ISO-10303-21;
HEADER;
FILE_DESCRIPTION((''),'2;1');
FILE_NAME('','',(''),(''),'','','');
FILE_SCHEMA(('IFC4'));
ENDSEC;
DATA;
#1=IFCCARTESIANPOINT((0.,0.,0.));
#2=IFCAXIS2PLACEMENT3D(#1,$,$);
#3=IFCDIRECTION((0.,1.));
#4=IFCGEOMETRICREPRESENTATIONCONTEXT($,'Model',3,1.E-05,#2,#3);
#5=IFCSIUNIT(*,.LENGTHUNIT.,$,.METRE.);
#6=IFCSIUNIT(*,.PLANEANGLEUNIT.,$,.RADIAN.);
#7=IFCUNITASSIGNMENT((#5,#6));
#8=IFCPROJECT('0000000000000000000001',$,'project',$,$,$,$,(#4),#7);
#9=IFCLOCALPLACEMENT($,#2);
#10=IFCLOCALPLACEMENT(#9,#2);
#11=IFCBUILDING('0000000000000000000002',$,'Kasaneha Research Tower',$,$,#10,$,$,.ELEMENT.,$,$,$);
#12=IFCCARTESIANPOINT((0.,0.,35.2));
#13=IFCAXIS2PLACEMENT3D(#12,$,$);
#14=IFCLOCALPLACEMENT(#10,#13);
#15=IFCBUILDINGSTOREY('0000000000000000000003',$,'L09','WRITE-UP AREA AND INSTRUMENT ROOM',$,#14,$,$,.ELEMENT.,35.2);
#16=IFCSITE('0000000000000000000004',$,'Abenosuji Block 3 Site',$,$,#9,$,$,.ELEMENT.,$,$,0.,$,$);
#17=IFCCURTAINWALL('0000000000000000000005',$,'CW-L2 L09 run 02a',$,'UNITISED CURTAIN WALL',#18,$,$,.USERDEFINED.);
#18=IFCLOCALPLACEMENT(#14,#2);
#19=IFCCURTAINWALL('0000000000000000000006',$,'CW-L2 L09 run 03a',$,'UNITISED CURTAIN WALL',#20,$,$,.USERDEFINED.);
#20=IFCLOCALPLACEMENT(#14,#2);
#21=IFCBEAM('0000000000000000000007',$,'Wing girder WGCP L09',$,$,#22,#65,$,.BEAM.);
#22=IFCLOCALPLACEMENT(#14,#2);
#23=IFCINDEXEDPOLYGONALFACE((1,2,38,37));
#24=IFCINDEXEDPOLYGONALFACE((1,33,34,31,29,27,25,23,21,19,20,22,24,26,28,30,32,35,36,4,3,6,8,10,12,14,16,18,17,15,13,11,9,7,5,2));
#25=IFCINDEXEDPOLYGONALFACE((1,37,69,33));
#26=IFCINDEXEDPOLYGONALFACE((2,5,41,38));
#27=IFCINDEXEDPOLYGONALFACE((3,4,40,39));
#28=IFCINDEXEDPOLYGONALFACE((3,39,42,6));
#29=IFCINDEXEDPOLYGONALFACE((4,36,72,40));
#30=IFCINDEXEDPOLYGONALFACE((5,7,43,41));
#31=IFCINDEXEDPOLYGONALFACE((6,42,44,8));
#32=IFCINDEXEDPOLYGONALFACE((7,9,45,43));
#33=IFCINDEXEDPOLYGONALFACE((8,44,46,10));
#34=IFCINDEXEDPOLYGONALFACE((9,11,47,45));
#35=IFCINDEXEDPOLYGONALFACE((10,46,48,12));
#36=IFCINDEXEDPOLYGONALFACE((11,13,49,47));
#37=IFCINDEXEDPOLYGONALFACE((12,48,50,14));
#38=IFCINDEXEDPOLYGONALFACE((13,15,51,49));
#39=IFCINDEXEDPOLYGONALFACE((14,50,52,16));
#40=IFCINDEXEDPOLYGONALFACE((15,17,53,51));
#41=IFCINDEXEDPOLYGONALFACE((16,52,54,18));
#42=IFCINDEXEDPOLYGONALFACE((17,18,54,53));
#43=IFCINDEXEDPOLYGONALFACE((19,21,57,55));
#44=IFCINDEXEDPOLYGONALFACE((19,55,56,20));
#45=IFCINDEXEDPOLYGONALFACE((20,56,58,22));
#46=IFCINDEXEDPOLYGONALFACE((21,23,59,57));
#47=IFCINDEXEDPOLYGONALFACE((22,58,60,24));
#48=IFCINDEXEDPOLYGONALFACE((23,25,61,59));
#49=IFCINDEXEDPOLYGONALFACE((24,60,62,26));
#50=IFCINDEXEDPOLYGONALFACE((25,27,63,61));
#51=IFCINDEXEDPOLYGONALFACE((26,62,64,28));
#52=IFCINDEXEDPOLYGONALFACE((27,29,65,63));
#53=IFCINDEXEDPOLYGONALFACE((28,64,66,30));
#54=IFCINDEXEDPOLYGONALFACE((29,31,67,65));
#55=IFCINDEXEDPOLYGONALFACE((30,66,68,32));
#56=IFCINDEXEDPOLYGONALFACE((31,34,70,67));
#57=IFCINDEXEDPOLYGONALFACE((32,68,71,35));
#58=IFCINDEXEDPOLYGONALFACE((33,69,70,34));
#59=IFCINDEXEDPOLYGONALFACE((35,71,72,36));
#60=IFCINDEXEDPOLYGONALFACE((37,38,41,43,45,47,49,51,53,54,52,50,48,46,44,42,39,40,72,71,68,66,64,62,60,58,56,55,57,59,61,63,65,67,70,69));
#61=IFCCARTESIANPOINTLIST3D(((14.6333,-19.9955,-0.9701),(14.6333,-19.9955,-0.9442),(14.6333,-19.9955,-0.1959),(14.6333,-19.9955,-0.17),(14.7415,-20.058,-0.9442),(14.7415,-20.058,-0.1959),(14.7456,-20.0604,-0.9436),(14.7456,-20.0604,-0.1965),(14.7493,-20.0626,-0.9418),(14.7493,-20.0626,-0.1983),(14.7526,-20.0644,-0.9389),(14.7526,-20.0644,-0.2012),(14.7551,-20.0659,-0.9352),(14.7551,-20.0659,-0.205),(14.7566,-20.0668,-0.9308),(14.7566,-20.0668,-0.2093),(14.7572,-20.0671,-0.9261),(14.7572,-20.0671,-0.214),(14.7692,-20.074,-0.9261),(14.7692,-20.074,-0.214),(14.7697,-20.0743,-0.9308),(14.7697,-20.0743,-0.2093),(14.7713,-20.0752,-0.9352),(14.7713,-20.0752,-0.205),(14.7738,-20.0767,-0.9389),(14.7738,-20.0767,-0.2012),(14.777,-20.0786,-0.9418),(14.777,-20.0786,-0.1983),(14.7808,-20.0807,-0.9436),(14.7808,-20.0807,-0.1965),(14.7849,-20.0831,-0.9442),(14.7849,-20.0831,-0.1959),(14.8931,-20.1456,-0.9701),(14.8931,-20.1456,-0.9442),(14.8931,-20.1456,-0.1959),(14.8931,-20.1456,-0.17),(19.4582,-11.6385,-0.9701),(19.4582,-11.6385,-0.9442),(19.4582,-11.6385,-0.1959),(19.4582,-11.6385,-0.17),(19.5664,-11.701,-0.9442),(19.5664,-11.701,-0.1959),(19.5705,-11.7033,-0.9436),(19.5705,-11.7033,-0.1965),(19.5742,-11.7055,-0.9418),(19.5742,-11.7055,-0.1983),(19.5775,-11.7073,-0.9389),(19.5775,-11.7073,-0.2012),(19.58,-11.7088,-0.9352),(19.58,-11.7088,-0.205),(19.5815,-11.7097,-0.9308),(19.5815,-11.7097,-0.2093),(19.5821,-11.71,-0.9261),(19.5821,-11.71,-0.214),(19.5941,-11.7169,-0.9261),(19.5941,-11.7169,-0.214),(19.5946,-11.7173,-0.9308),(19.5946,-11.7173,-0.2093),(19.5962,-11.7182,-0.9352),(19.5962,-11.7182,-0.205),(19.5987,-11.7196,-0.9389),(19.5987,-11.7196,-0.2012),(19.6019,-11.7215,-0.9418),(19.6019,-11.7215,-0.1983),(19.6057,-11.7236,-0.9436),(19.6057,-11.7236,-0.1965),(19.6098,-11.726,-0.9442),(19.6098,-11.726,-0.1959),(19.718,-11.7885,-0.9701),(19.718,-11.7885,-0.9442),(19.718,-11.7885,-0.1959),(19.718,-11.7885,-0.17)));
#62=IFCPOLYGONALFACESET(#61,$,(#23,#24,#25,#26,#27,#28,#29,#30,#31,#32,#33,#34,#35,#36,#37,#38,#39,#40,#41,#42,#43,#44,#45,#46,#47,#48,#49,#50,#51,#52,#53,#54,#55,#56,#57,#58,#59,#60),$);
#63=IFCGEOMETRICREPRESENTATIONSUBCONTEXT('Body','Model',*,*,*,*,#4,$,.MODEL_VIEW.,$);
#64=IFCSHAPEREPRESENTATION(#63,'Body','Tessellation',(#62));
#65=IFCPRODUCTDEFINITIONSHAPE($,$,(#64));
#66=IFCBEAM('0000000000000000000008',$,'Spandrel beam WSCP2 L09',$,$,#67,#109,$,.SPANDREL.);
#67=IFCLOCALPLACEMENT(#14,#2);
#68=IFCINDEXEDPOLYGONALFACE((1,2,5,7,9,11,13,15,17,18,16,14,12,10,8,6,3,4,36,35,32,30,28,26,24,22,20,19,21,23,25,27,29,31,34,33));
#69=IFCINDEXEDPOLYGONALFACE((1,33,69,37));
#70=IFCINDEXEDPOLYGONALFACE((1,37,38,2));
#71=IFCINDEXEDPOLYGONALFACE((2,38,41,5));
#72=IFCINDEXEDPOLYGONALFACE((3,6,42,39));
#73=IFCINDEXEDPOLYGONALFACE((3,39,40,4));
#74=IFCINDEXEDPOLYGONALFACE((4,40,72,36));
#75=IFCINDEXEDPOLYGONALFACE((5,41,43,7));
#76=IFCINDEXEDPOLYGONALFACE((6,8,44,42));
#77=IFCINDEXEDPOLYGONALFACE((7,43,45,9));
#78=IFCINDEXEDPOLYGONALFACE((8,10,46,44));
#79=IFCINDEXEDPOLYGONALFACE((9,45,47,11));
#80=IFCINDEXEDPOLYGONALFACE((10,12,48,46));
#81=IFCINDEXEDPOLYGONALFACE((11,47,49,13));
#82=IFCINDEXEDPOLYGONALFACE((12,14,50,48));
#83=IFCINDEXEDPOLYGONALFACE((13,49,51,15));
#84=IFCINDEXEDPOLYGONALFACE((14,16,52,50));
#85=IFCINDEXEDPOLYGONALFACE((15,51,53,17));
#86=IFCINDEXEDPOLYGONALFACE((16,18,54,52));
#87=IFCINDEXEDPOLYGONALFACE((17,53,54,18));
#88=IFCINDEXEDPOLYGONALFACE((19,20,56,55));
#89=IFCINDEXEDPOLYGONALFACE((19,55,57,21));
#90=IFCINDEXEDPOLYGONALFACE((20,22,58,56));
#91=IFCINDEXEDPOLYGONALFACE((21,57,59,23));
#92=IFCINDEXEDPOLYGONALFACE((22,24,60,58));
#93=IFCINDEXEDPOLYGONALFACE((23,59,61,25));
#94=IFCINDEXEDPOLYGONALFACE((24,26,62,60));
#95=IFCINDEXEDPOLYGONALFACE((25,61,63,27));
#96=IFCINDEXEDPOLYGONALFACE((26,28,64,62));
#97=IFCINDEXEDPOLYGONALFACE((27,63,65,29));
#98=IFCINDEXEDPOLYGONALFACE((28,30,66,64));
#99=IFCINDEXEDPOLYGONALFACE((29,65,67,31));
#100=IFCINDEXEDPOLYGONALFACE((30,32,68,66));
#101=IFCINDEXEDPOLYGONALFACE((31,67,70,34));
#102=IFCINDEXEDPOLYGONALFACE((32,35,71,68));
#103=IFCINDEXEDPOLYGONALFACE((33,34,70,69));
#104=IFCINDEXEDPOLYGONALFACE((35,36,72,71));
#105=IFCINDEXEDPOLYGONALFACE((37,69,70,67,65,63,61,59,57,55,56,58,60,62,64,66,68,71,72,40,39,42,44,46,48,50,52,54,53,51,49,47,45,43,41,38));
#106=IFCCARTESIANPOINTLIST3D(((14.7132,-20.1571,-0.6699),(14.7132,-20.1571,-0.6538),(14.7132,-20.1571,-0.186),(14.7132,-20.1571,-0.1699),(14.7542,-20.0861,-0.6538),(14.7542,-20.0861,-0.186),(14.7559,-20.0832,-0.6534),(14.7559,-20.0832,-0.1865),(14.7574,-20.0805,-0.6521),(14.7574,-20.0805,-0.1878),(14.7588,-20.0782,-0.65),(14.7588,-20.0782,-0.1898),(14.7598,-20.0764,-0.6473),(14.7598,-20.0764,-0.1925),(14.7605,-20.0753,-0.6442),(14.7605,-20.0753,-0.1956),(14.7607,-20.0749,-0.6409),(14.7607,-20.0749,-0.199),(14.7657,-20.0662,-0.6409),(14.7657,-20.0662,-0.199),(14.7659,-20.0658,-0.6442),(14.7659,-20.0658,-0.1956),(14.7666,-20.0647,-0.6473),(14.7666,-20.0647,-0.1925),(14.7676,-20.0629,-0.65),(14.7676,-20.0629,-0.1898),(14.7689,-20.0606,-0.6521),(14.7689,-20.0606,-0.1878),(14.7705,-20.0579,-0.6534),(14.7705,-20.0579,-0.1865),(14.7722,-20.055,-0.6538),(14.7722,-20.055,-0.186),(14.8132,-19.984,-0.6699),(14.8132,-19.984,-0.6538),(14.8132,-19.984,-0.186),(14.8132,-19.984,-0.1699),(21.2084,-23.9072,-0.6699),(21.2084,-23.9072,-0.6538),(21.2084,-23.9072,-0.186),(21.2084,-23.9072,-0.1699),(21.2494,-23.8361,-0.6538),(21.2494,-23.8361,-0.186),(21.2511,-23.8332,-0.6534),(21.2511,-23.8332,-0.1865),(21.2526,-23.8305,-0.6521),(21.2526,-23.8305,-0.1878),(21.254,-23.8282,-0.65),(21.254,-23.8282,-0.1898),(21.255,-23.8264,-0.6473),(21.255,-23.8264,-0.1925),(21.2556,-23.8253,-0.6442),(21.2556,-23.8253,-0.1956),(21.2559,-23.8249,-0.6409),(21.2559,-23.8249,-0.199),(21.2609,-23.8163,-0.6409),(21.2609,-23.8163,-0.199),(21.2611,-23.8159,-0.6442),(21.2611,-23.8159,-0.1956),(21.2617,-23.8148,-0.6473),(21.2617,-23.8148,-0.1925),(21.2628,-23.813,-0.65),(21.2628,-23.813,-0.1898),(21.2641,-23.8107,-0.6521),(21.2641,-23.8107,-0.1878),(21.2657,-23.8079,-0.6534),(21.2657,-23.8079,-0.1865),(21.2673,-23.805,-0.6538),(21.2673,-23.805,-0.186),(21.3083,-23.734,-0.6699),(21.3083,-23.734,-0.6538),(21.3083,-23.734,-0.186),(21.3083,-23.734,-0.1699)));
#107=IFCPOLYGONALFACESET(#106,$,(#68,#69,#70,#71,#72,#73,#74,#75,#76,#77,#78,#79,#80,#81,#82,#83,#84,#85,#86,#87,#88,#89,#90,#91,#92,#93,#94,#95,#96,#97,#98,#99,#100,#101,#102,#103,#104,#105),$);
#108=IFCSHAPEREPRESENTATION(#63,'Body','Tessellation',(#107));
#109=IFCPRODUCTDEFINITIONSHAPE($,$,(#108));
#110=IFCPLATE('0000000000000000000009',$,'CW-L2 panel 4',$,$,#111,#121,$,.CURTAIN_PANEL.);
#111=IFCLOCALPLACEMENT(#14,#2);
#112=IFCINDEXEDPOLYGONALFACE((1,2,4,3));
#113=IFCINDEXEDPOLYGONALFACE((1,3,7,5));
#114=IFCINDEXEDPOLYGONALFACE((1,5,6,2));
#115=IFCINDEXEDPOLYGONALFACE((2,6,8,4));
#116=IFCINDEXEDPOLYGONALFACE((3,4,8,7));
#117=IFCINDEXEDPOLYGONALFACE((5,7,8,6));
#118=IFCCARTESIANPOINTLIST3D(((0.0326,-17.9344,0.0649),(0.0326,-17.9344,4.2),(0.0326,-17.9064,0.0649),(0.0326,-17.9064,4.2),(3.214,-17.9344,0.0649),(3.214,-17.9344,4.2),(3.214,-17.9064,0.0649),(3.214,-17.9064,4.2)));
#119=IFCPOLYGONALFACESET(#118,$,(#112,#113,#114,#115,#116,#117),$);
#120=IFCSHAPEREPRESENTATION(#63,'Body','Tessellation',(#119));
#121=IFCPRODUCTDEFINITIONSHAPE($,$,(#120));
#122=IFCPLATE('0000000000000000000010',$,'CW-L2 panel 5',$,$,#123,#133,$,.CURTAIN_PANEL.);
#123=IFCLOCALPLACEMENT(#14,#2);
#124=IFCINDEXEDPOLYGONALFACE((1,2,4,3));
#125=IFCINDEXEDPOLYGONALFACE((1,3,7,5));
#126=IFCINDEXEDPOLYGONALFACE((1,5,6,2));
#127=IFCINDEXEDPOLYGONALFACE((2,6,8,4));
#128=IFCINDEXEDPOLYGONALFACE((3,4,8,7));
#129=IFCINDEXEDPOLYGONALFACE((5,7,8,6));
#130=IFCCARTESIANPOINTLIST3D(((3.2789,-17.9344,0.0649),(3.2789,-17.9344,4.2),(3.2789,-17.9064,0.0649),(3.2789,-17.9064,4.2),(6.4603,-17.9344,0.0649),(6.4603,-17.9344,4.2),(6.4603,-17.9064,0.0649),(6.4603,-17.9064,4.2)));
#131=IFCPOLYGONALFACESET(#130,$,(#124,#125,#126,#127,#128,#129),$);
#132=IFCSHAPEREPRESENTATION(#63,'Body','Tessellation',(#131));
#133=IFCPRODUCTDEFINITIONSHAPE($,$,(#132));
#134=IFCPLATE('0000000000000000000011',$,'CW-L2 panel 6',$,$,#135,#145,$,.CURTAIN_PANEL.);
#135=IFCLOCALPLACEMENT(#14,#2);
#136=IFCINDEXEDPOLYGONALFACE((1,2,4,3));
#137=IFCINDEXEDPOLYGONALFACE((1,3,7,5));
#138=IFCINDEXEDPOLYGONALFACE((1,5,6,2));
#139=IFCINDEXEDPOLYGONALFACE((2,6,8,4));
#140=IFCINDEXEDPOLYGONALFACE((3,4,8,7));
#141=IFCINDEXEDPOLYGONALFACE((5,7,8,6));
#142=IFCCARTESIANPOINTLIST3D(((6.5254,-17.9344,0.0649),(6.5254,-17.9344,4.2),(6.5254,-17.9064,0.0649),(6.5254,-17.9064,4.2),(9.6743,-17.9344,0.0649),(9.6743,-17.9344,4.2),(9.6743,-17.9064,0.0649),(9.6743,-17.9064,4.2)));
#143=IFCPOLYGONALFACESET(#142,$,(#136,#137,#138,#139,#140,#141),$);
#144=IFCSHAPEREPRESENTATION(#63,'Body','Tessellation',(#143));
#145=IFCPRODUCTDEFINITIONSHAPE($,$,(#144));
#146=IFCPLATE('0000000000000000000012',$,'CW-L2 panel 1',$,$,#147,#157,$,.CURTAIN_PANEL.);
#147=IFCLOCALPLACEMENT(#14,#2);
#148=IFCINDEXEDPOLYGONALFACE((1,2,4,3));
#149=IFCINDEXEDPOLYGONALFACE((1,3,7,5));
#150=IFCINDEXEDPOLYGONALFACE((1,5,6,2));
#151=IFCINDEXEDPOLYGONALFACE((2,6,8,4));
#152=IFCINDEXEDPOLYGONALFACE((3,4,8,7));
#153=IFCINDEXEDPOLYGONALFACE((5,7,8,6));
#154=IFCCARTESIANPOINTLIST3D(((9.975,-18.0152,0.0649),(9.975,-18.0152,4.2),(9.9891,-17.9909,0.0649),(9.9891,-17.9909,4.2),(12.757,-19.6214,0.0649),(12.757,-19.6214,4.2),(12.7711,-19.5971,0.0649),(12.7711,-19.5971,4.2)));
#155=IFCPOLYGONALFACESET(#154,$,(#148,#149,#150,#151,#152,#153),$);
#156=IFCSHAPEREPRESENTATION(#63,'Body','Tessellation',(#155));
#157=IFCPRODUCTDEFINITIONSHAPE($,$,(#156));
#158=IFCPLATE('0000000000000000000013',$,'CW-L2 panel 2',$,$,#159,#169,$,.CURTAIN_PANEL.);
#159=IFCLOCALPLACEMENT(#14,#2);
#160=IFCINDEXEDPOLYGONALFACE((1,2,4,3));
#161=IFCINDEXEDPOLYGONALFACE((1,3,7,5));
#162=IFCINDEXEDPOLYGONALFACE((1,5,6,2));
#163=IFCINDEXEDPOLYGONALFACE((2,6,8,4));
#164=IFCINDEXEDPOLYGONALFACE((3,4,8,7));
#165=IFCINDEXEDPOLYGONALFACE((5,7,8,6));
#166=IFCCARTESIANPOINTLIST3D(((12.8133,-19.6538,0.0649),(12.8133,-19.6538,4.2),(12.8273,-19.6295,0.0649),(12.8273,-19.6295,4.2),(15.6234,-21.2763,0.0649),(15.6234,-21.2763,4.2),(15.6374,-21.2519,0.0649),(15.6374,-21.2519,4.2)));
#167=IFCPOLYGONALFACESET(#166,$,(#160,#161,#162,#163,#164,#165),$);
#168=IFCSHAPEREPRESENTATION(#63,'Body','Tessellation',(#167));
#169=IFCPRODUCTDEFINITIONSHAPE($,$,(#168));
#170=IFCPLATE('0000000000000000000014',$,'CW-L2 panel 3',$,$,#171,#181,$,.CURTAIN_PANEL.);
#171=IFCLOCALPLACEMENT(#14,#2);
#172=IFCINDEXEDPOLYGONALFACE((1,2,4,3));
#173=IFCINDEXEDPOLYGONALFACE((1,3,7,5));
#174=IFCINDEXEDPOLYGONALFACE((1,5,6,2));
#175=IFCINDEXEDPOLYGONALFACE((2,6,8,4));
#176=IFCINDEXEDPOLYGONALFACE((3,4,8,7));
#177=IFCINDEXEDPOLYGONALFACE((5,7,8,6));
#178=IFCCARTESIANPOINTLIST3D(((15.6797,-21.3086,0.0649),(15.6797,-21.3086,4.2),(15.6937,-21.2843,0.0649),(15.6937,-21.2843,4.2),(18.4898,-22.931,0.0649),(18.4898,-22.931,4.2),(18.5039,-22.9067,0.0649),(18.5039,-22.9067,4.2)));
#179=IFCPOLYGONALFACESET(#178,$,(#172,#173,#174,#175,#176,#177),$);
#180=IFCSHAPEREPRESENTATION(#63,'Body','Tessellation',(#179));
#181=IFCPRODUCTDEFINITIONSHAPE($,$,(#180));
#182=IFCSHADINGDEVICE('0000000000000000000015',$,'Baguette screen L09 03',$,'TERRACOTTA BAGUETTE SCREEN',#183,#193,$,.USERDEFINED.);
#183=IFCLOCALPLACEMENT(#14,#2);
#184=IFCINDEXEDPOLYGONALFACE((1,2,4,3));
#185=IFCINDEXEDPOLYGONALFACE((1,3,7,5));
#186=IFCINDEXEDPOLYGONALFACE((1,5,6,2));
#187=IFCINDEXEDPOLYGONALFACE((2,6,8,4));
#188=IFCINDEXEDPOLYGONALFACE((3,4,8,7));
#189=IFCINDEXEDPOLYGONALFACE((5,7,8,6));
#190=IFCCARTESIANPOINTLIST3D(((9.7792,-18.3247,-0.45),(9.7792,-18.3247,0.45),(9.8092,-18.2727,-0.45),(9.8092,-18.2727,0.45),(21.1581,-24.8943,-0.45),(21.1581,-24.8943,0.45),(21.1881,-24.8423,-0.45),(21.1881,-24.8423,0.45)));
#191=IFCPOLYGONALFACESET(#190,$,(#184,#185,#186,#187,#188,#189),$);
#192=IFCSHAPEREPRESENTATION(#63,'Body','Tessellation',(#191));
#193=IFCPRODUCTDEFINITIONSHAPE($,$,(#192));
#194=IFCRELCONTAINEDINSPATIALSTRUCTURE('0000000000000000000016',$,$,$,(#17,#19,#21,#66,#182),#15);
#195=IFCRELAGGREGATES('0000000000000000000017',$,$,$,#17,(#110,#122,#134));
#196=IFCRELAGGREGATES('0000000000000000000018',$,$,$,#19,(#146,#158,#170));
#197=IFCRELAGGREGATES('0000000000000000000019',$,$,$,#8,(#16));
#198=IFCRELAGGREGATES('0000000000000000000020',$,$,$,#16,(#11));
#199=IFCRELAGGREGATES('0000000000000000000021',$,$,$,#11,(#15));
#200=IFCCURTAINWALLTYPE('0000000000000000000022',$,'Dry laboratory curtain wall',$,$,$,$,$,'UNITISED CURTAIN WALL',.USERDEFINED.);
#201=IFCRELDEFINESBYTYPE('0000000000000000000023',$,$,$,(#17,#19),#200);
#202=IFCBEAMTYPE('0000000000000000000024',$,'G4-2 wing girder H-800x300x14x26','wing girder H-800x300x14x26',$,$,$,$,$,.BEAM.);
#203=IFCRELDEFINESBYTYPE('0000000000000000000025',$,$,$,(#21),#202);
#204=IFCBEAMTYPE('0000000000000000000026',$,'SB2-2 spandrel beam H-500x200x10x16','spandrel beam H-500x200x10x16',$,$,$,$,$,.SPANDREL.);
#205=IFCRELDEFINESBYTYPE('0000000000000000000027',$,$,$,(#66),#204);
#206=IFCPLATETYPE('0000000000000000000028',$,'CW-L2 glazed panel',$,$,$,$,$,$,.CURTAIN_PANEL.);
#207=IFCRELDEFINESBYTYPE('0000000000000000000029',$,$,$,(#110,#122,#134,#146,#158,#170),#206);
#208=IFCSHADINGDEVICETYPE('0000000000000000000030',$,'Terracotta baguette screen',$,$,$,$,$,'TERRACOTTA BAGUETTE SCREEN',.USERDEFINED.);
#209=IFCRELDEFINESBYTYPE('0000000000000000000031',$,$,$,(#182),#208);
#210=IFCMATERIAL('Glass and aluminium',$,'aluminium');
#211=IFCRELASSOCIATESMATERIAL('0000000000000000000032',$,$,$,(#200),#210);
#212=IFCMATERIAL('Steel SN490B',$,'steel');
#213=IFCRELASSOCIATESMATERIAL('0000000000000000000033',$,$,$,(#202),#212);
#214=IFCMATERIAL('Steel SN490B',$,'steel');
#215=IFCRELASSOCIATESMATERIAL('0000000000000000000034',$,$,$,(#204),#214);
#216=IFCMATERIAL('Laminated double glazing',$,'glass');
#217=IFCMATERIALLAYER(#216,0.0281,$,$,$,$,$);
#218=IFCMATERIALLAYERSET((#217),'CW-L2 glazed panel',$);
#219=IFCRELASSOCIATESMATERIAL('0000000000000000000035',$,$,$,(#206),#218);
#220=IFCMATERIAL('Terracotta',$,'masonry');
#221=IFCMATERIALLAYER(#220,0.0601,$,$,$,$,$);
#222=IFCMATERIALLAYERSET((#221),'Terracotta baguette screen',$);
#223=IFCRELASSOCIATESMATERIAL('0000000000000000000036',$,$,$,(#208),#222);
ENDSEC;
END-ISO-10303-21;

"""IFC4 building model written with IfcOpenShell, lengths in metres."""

from ifc_helpers import new_model, si_unit, direction, frame, origin, origin_2d, place, context, subcontext, project, spatial, rectangle, i_section, extrude, material, layer, layer_set, material_profile, profile_set, type_object, element, aggregate, save


model = new_model("IFC4")

# Units and contexts
model_context = context("Model", 3, precision=1e-05, world=origin(), true_north=direction((0.0, 1.0)))
body_context = subcontext(model_context, "Body", "Model", "MODEL_VIEW")
ifc_project = project(units=[si_unit("LENGTHUNIT", "METRE"), si_unit("PLANEANGLEUNIT", "RADIAN")], contexts=[model_context])

# Site, building, storey
site_placement = place(None, origin())
site = spatial("IfcSite", under=ifc_project, at=site_placement, Name="Abenosuji Block 3 Site", CompositionType="ELEMENT", RefElevation=0.0)
building_placement = place(site_placement, origin())
building = spatial("IfcBuilding", under=site, at=building_placement, Name="Kasaneha Research Tower", CompositionType="ELEMENT")
storey_placement = place(building_placement, frame((0.0, 0.0, 35.2)))
storey = spatial("IfcBuildingStorey", under=building, at=storey_placement, Name="L09", Description="WRITE-UP AREA AND INSTRUMENT ROOM", CompositionType="ELEMENT", Elevation=35.2)

# Curtain walls
ifc_material_1 = material(Name="Glass and aluminium", Category="aluminium")
curtain_wall_type = type_object("IfcCurtainWallType", Name="Dry laboratory curtain wall", ElementType="UNITISED CURTAIN WALL", PredefinedType="USERDEFINED", material=ifc_material_1)
curtain_wall_1_placement = place(storey_placement, origin())
curtain_wall_1 = element("IfcCurtainWall", 1, at=curtain_wall_1_placement, inside=storey, type_object=curtain_wall_type, Name="CW-L2 L09 run 02a", ObjectType="UNITISED CURTAIN WALL", PredefinedType="USERDEFINED")
curtain_wall_2_placement = place(storey_placement, origin())
curtain_wall_2 = element("IfcCurtainWall", 2, at=curtain_wall_2_placement, inside=storey, type_object=curtain_wall_type, Name="CW-L2 L09 run 03a", ObjectType="UNITISED CURTAIN WALL", PredefinedType="USERDEFINED")

# Beams
ifc_material_2 = material(Name="Steel SN490B", Category="steel")
ifc_material_profile_1 = material_profile(ifc_material_2, i_section(OverallWidth=0.3, OverallDepth=0.8, WebThickness=0.0139, FlangeThickness=0.0259, FilletRadius=0.0181, at=origin_2d()), Name="H-800x300x14x26")
ifc_profile_set_1 = profile_set([ifc_material_profile_1], Name="Steel SN490B")
beam_type_1 = type_object("IfcBeamType", Name="G4-2 wing girder H-800x300x14x26", Description="wing girder H-800x300x14x26", PredefinedType="BEAM", material=ifc_profile_set_1)
beam_1_placement = place(storey_placement, frame((14.7632, -20.0706, -0.5701), z_axis=(0.499995, 0.866028, 0.0), x_axis=(-0.866028, 0.499995, 0.0)))
element("IfcBeam", 3, at=beam_1_placement, inside=storey, type_object=beam_type_1, Name="Wing girder WGCP L09", PredefinedType="BEAM", context=body_context, shape_type="SweptSolid", body=[
    extrude(i_section(OverallWidth=0.3, OverallDepth=0.8, WebThickness=0.0139, FlangeThickness=0.0259, FilletRadius=0.0181, at=origin_2d()), origin(), (0.0, 0.0, 1.0), 9.6499),
])
ifc_material_3 = material(Name="Steel SN490B", Category="steel")
ifc_material_profile_2 = material_profile(ifc_material_3, i_section(OverallWidth=0.2, OverallDepth=0.5, WebThickness=0.01, FlangeThickness=0.0161, FilletRadius=0.0129, at=origin_2d()), Name="H-500x200x10x16")
ifc_profile_set_2 = profile_set([ifc_material_profile_2], Name="Steel SN490B")
beam_type_2 = type_object("IfcBeamType", Name="SB2-2 spandrel beam H-500x200x10x16", Description="spandrel beam H-500x200x10x16", PredefinedType="SPANDREL", material=ifc_profile_set_2)
beam_2_placement = place(storey_placement, frame((14.7632, -20.0706, -0.4199), z_axis=(0.866023, -0.500004, 0.0), x_axis=(0.500004, 0.866023, 0.0)))
element("IfcBeam", 4, at=beam_2_placement, inside=storey, type_object=beam_type_2, Name="Spandrel beam WSCP2 L09", PredefinedType="SPANDREL", context=body_context, shape_type="SweptSolid", body=[
    extrude(i_section(OverallWidth=0.2, OverallDepth=0.5, WebThickness=0.01, FlangeThickness=0.0161, FilletRadius=0.0129, at=origin_2d()), origin(), (0.0, 0.0, 1.0), 7.5),
])

# Plates
ifc_material_4 = material(Name="Laminated double glazing", Category="glass")
ifc_layer_1 = layer(ifc_material_4, 0.0281)
ifc_layer_set_1 = layer_set([ifc_layer_1], Name="CW-L2 glazed panel")
plate_type = type_object("IfcPlateType", Name="CW-L2 glazed panel", PredefinedType="CURTAIN_PANEL", material=ifc_layer_set_1)
plate_1_placement = place(storey_placement, frame((1.6233, -17.9204, 0.0649), z_axis=(0.0, 0.0, 1.0), x_axis=(1.0, 0.0, 0.0)))
plate_1 = element("IfcPlate", 5, at=plate_1_placement, type_object=plate_type, Name="CW-L2 panel 4", PredefinedType="CURTAIN_PANEL", context=body_context, shape_type="SweptSolid", body=[
    extrude(rectangle(XDim=3.1814, YDim=0.0281, at=origin_2d()), origin(), (0.0, 0.0, 1.0), 4.135),
])
plate_2_placement = place(storey_placement, frame((4.8696, -17.9204, 0.0649), z_axis=(0.0, 0.0, 1.0), x_axis=(1.0, 0.0, 0.0)))
plate_2 = element("IfcPlate", 6, at=plate_2_placement, type_object=plate_type, Name="CW-L2 panel 5", PredefinedType="CURTAIN_PANEL", context=body_context, shape_type="SweptSolid", body=[
    extrude(rectangle(XDim=3.1814, YDim=0.0281, at=origin_2d()), origin(), (0.0, 0.0, 1.0), 4.135),
])
plate_3_placement = place(storey_placement, frame((8.0999, -17.9204, 0.0649), z_axis=(0.0, 0.0, 1.0), x_axis=(1.0, 0.0, 0.0)))
plate_3 = element("IfcPlate", 7, at=plate_3_placement, type_object=plate_type, Name="CW-L2 panel 6", PredefinedType="CURTAIN_PANEL", context=body_context, shape_type="SweptSolid", body=[
    extrude(rectangle(XDim=3.1489, YDim=0.0281, at=origin_2d()), origin(), (0.0, 0.0, 1.0), 4.135),
])
aggregate(curtain_wall_1, [plate_1, plate_2, plate_3])
plate_4_placement = place(storey_placement, frame((11.373, -18.8062, 0.0649), z_axis=(0.0, 0.0, 1.0), x_axis=(0.866025, -0.5, 0.0)))
plate_4 = element("IfcPlate", 8, at=plate_4_placement, type_object=plate_type, Name="CW-L2 panel 1", PredefinedType="CURTAIN_PANEL", context=body_context, shape_type="SweptSolid", body=[
    extrude(rectangle(XDim=3.2124, YDim=0.0281, at=origin_2d()), origin(), (0.0, 0.0, 1.0), 4.135),
])
plate_5_placement = place(storey_placement, frame((14.2253, -20.4529, 0.0649), z_axis=(0.0, 0.0, 1.0), x_axis=(0.866025, -0.5, 0.0)))
plate_5 = element("IfcPlate", 9, at=plate_5_placement, type_object=plate_type, Name="CW-L2 panel 2", PredefinedType="CURTAIN_PANEL", context=body_context, shape_type="SweptSolid", body=[
    extrude(rectangle(XDim=3.2449, YDim=0.0281, at=origin_2d()), origin(), (0.0, 0.0, 1.0), 4.135),
])
plate_6_placement = place(storey_placement, frame((17.0918, -22.1077, 0.0649), z_axis=(0.0, 0.0, 1.0), x_axis=(0.866025, -0.5, 0.0)))
plate_6 = element("IfcPlate", 10, at=plate_6_placement, type_object=plate_type, Name="CW-L2 panel 3", PredefinedType="CURTAIN_PANEL", context=body_context, shape_type="SweptSolid", body=[
    extrude(rectangle(XDim=3.2449, YDim=0.0281, at=origin_2d()), origin(), (0.0, 0.0, 1.0), 4.135),
])
aggregate(curtain_wall_2, [plate_4, plate_5, plate_6])

# Shading device
ifc_material_5 = material(Name="Terracotta", Category="masonry")
ifc_layer_2 = layer(ifc_material_5, 0.0601)
ifc_layer_set_2 = layer_set([ifc_layer_2], Name="Terracotta baguette screen")
shading_device_type = type_object("IfcShadingDeviceType", Name="Terracotta baguette screen", ElementType="TERRACOTTA BAGUETTE SCREEN", PredefinedType="USERDEFINED", material=ifc_layer_set_2)
shading_device_placement = place(storey_placement, frame((15.4836, -21.5835, -0.45), z_axis=(0.0, 0.0, 1.0), x_axis=(0.866025, -0.5, 0.0)))
element("IfcShadingDevice", 11, at=shading_device_placement, inside=storey, type_object=shading_device_type, Name="Baguette screen L09 03", ObjectType="TERRACOTTA BAGUETTE SCREEN", PredefinedType="USERDEFINED", context=body_context, shape_type="SweptSolid", body=[
    extrude(rectangle(XDim=13.1392, YDim=0.0601, at=origin_2d()), origin(), (0.0, 0.0, 1.0), 0.8999),
])

save(model, "model.ifc")
